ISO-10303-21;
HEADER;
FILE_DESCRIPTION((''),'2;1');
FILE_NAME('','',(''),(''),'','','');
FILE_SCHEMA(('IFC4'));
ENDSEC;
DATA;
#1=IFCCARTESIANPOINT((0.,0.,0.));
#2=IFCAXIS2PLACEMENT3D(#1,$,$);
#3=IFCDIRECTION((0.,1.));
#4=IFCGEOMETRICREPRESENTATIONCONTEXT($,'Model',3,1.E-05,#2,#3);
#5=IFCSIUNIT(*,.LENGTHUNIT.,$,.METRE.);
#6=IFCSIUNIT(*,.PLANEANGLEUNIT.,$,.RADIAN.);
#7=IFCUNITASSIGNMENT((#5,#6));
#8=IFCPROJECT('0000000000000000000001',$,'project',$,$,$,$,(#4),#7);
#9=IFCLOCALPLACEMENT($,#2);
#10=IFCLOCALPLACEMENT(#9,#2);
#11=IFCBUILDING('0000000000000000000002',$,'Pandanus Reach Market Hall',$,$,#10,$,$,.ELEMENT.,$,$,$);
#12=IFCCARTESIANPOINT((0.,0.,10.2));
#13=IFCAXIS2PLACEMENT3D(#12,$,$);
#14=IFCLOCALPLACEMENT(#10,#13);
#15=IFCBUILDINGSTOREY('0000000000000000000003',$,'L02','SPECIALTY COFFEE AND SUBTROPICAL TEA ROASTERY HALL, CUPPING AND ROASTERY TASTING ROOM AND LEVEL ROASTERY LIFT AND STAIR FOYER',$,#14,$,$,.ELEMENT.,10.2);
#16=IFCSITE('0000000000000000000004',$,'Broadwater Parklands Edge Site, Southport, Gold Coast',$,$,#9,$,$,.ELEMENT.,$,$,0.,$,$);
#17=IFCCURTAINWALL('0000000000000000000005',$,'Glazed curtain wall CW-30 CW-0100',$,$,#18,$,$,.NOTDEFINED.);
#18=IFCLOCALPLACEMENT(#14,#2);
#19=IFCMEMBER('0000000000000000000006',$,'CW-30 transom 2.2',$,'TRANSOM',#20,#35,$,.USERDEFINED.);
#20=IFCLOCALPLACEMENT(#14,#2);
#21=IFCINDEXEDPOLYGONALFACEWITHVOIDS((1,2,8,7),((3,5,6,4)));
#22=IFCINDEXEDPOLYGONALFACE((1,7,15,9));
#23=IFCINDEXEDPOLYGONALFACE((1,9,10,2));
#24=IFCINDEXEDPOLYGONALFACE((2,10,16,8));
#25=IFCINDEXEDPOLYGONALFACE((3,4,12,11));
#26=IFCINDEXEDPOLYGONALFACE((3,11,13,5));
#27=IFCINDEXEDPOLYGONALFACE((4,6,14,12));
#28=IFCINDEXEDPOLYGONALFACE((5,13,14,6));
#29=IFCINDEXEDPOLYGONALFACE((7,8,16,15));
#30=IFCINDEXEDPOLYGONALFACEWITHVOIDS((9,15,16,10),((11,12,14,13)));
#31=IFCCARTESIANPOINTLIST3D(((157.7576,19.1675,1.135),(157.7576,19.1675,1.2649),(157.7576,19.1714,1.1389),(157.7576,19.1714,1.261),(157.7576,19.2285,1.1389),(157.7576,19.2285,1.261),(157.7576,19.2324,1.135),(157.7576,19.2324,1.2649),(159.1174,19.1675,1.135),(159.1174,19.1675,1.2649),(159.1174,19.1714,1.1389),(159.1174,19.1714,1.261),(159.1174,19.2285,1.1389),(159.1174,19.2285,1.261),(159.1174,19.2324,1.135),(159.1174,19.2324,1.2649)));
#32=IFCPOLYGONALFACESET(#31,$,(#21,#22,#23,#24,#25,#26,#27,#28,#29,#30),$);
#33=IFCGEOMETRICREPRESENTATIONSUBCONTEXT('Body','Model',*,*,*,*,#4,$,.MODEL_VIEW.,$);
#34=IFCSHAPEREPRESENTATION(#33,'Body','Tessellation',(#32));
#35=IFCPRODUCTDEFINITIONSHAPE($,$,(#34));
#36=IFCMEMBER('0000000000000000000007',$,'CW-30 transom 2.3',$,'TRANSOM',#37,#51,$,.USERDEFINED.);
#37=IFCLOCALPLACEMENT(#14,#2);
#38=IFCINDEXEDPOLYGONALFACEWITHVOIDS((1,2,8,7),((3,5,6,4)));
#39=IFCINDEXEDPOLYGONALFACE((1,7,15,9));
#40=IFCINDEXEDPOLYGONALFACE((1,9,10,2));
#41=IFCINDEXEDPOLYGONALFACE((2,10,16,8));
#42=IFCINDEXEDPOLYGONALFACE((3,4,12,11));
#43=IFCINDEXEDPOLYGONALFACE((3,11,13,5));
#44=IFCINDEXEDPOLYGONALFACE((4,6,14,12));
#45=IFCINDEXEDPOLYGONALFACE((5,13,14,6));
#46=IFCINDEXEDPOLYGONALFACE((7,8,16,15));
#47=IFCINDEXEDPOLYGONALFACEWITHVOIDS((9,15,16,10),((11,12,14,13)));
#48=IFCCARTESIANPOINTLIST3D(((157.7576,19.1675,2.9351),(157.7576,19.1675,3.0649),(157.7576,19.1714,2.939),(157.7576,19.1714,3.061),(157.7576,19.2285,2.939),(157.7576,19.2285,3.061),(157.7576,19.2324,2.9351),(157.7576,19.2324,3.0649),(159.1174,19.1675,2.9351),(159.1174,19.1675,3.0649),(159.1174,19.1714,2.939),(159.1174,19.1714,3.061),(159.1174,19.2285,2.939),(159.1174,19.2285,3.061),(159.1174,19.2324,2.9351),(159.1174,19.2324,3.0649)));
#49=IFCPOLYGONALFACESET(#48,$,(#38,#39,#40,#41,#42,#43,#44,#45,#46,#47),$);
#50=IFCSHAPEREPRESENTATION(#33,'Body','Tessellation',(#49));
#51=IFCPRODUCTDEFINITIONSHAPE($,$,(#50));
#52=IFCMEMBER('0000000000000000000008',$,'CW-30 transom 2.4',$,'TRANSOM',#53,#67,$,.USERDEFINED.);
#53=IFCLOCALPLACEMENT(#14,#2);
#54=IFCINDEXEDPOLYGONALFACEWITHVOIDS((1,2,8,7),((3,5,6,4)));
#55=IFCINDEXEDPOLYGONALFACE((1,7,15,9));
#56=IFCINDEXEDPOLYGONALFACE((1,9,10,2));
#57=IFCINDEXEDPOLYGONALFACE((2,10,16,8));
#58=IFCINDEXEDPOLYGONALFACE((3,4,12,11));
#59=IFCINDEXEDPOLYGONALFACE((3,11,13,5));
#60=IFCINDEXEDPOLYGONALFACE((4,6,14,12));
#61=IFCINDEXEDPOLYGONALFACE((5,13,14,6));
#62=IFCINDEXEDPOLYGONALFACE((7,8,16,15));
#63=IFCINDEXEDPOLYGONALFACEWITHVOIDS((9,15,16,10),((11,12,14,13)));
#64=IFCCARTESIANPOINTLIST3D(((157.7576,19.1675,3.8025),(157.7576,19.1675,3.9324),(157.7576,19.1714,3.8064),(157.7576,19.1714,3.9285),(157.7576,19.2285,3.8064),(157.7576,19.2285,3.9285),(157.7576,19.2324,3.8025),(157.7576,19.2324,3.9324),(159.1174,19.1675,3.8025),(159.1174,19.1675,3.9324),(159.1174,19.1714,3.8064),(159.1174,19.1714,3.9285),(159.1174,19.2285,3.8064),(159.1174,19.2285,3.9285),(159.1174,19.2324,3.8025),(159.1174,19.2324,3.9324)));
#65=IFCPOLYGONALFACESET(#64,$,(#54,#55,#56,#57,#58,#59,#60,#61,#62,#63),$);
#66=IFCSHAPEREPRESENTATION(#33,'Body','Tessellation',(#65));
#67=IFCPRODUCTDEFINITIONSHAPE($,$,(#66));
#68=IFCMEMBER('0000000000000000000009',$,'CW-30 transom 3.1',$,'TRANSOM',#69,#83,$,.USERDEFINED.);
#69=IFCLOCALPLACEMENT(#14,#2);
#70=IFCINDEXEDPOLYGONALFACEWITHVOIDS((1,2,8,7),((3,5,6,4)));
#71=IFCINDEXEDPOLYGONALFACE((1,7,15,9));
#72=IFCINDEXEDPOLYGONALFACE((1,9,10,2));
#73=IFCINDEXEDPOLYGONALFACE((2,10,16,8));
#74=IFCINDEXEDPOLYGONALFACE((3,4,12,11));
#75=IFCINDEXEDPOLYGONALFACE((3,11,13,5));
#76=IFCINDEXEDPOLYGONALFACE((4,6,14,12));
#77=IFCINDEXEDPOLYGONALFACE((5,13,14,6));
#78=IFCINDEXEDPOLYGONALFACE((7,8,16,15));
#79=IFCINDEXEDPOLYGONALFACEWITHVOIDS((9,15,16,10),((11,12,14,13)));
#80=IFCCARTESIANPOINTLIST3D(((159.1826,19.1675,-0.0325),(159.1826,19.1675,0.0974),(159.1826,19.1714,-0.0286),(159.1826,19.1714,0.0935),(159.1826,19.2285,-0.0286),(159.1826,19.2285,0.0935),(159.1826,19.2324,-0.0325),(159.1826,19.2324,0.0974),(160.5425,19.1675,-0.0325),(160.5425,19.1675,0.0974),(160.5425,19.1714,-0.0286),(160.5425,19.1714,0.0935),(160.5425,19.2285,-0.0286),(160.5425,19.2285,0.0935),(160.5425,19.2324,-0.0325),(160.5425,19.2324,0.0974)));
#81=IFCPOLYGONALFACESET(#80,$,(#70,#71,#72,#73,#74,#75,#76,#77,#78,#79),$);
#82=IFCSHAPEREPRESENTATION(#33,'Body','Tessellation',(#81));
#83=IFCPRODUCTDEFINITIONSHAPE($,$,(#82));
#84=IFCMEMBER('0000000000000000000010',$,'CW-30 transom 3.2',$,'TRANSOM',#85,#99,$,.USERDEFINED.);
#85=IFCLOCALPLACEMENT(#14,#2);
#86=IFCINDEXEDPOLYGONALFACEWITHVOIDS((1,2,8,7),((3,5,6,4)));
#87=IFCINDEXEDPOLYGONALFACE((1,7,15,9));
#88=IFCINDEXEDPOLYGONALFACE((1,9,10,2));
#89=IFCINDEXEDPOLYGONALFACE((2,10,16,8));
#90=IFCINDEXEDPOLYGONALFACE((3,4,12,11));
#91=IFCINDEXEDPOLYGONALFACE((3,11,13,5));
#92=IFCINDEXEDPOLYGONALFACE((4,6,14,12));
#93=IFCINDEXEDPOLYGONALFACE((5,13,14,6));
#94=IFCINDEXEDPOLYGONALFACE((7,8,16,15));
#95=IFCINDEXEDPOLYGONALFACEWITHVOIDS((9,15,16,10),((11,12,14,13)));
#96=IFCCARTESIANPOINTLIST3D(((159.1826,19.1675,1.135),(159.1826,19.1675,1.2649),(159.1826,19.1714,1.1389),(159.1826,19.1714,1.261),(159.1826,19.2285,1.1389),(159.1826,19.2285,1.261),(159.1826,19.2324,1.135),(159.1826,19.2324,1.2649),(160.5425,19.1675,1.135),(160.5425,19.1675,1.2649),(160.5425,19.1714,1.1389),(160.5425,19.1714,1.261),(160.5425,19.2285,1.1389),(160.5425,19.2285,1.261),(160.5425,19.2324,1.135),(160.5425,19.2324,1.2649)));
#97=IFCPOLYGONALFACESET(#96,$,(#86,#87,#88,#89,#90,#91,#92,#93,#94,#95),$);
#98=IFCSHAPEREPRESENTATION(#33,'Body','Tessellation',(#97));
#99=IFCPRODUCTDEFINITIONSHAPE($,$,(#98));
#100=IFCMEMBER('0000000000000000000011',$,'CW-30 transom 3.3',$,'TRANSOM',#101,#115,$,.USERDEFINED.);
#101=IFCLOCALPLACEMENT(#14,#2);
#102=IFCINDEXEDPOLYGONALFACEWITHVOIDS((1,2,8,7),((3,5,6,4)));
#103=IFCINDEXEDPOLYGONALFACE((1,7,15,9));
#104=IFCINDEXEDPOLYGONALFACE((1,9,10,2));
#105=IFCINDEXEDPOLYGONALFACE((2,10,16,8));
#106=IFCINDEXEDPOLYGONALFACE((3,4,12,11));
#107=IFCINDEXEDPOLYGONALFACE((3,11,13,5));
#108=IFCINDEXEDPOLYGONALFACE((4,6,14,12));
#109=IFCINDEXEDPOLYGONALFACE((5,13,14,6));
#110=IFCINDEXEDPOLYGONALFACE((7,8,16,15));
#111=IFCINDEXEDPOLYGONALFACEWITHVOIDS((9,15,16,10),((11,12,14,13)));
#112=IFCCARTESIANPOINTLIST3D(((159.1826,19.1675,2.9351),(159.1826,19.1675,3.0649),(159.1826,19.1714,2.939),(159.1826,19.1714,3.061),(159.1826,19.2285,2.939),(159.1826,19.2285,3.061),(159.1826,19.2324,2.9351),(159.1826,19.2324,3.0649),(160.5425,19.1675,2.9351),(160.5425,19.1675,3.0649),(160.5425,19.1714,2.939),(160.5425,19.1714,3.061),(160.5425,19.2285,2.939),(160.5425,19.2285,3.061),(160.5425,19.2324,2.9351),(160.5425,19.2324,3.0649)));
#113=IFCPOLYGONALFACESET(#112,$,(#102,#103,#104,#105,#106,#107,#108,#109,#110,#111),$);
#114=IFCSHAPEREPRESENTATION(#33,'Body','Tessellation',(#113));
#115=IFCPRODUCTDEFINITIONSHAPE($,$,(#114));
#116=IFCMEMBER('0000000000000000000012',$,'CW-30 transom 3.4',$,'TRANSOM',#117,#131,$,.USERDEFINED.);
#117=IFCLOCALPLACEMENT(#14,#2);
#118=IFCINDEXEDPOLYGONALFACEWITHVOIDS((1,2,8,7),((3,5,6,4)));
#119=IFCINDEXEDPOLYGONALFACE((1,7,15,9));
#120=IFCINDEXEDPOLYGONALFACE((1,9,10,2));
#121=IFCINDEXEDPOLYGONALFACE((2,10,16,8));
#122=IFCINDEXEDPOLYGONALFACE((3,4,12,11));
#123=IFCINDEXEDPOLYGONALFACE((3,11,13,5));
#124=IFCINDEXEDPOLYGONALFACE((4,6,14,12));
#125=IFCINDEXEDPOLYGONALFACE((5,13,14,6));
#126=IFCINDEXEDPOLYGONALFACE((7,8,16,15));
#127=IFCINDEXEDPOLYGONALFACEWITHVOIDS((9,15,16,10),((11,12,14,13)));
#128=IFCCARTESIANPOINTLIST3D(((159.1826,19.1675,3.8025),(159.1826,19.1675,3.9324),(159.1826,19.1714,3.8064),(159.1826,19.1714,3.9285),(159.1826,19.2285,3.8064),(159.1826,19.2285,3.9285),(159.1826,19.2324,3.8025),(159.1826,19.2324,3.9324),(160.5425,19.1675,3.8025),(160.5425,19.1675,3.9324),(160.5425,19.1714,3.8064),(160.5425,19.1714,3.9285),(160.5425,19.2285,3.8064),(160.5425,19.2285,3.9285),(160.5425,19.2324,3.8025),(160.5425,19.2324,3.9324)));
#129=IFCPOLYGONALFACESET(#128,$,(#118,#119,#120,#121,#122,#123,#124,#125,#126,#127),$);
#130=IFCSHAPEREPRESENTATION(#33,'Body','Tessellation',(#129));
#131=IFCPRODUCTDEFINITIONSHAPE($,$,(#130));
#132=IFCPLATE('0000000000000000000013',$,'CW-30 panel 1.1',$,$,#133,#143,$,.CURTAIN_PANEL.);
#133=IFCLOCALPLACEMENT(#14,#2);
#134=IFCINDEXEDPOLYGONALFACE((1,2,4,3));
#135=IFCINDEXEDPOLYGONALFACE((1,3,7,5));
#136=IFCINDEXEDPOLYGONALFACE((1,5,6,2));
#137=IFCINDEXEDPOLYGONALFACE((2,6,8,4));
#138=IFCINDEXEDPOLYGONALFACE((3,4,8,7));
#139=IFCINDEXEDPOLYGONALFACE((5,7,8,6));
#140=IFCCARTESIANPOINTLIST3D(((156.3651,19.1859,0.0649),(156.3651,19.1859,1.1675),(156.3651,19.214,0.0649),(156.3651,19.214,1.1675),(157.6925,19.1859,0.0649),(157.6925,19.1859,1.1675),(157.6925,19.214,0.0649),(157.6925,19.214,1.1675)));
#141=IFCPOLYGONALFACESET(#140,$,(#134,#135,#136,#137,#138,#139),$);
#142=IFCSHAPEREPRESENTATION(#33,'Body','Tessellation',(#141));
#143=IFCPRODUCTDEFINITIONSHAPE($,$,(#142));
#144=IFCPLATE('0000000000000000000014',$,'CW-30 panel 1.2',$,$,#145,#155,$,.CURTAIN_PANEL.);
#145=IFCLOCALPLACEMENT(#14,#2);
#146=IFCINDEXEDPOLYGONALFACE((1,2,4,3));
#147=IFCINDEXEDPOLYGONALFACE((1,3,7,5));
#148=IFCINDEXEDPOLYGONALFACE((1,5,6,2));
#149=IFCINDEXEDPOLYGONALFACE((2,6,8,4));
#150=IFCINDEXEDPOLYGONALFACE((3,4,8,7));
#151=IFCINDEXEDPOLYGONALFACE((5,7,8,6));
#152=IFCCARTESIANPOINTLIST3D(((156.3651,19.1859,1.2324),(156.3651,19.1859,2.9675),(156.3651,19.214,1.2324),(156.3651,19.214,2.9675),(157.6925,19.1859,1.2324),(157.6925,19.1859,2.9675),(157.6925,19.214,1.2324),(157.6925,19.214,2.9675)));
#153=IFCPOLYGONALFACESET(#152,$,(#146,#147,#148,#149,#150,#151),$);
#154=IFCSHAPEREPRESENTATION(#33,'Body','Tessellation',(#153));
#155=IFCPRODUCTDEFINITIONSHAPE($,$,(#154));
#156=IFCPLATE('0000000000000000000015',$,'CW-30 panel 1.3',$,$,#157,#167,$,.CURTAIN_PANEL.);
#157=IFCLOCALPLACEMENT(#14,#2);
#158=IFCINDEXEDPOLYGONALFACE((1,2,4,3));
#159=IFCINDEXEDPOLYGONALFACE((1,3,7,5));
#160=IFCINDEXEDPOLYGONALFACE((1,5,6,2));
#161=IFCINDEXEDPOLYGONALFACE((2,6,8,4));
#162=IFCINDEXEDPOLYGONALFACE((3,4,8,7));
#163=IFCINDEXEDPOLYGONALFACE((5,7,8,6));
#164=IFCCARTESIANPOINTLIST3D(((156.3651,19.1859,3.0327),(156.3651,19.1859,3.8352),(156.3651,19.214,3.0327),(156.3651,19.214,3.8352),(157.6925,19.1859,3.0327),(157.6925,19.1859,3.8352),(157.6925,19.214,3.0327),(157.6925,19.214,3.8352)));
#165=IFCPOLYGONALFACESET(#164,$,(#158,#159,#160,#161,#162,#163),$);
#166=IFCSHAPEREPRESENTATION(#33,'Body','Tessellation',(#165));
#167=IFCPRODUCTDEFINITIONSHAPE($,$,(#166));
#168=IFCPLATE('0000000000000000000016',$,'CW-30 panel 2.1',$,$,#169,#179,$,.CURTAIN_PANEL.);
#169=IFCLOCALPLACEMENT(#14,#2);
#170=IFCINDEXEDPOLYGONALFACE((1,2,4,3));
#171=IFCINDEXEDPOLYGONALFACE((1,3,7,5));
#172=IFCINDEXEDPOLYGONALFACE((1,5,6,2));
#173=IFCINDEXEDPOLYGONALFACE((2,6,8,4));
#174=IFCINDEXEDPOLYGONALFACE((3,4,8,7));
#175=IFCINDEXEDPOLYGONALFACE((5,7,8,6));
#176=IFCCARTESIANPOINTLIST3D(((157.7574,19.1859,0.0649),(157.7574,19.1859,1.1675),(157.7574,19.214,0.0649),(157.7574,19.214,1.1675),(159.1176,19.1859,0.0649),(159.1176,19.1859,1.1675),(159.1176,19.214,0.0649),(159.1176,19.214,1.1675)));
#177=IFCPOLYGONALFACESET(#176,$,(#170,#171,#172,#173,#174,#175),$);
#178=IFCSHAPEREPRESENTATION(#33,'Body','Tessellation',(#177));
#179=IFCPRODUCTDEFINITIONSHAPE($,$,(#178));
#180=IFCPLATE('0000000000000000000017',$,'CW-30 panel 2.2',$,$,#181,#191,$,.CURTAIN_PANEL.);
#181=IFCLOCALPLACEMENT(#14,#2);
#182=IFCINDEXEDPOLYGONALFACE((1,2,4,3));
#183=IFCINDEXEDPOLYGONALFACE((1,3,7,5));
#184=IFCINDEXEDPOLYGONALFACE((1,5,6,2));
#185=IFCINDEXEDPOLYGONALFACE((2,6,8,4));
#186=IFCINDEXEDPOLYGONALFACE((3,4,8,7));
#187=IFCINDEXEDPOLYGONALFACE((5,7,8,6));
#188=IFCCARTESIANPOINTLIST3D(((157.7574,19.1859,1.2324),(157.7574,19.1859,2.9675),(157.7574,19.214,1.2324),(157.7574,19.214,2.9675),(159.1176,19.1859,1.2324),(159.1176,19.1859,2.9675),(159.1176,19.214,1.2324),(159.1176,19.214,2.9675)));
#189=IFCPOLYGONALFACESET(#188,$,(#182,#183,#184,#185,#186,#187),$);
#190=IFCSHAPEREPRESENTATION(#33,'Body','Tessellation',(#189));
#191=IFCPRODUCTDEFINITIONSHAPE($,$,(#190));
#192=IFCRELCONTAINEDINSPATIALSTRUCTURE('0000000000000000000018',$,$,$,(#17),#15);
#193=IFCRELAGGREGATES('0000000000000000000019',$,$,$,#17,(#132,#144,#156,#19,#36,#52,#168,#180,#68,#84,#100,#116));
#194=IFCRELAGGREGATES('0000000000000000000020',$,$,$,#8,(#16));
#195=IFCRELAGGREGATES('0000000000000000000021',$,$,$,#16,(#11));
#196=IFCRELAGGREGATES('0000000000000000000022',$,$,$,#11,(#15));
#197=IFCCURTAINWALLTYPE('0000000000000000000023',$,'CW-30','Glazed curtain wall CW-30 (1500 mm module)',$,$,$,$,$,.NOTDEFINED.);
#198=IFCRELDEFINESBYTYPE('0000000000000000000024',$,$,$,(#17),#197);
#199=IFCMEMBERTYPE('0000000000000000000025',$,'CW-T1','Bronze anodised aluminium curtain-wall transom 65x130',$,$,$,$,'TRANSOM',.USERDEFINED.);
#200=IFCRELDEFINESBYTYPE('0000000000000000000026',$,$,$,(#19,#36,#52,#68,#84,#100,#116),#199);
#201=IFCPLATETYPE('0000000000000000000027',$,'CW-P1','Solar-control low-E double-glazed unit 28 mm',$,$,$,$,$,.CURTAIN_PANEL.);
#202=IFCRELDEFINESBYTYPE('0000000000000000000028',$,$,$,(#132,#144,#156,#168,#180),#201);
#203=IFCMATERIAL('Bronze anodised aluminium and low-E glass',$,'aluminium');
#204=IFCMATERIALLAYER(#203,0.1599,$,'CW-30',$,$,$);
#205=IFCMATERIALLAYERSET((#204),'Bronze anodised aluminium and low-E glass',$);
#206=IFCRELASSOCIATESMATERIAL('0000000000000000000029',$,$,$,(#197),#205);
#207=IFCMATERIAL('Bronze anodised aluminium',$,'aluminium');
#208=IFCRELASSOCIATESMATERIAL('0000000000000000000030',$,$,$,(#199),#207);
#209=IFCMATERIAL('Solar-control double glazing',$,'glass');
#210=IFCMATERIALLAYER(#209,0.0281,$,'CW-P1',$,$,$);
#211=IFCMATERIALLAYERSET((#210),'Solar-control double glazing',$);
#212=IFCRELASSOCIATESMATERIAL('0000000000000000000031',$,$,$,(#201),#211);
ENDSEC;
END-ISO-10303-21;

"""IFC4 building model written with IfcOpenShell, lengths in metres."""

from ifc_helpers import new_model, si_unit, direction, frame, origin, origin_2d, place, context, subcontext, project, spatial, rectangle, hollow_rectangle, extrude, material, layer, layer_set, material_profile, profile_set, type_object, element, aggregate, save


model = new_model("IFC4")

# Units and contexts
model_context = context("Model", 3, precision=1e-05, world=origin(), true_north=direction((0.0, 1.0)))
body_context = subcontext(model_context, "Body", "Model", "MODEL_VIEW")
ifc_project = project(units=[si_unit("LENGTHUNIT", "METRE"), si_unit("PLANEANGLEUNIT", "RADIAN")], contexts=[model_context])

# Site, building, storey
site_placement = place(None, origin())
site = spatial("IfcSite", under=ifc_project, at=site_placement, Name="Broadwater Parklands Edge Site, Southport, Gold Coast", CompositionType="ELEMENT", RefElevation=0.0)
building_placement = place(site_placement, origin())
building = spatial("IfcBuilding", under=site, at=building_placement, Name="Pandanus Reach Market Hall", CompositionType="ELEMENT")
storey_placement = place(building_placement, frame((0.0, 0.0, 10.2)))
storey = spatial("IfcBuildingStorey", under=building, at=storey_placement, Name="L02", Description="SPECIALTY COFFEE AND SUBTROPICAL TEA ROASTERY HALL, CUPPING AND ROASTERY TASTING ROOM AND LEVEL ROASTERY LIFT AND STAIR FOYER", CompositionType="ELEMENT", Elevation=10.2)

# Curtain wall, members, plates
ifc_material_1 = material(Name="Bronze anodised aluminium and low-E glass", Category="aluminium")
ifc_layer_1 = layer(ifc_material_1, 0.1599, Name="CW-30")
ifc_layer_set_1 = layer_set([ifc_layer_1], Name="Bronze anodised aluminium and low-E glass")
curtain_wall_type = type_object("IfcCurtainWallType", Name="CW-30", Description="Glazed curtain wall CW-30 (1500 mm module)", PredefinedType="NOTDEFINED", material=ifc_layer_set_1)
curtain_wall_placement = place(storey_placement, origin())
curtain_wall = element("IfcCurtainWall", 1, at=curtain_wall_placement, inside=storey, type_object=curtain_wall_type, Name="Glazed curtain wall CW-30 CW-0100", PredefinedType="NOTDEFINED")
ifc_material_2 = material(Name="Bronze anodised aluminium", Category="aluminium")
ifc_material_profile_1 = material_profile(ifc_material_2, hollow_rectangle(XDim=0.0649, YDim=0.1299, WallThickness=0.0039, at=origin_2d()), Name="ALU65x130", Category="LoadBearing")
ifc_profile_set_1 = profile_set([ifc_material_profile_1], Name="Bronze anodised aluminium")
member_type_1 = type_object("IfcMemberType", Name="CW-T1", Description="Bronze anodised aluminium curtain-wall transom 65x130", ElementType="TRANSOM", PredefinedType="USERDEFINED", material=ifc_profile_set_1)
member_1_placement = place(storey_placement, frame((157.7576, 19.2, 1.2), z_axis=(1.0, 0.0, 0.0), x_axis=(0.0, 1.0, 0.0)))
member_1 = element("IfcMember", 2, at=member_1_placement, type_object=member_type_1, Name="CW-30 transom 2.2", ObjectType="TRANSOM", PredefinedType="USERDEFINED", context=body_context, shape_type="SweptSolid", body=[
    extrude(hollow_rectangle(XDim=0.0649, YDim=0.1299, WallThickness=0.0039, at=origin_2d()), origin(), (0.0, 0.0, 1.0), 1.3599),
])
member_2_placement = place(storey_placement, frame((157.7576, 19.2, 3.0), z_axis=(1.0, 0.0, 0.0), x_axis=(0.0, 1.0, 0.0)))
member_2 = element("IfcMember", 3, at=member_2_placement, type_object=member_type_1, Name="CW-30 transom 2.3", ObjectType="TRANSOM", PredefinedType="USERDEFINED", context=body_context, shape_type="SweptSolid", body=[
    extrude(hollow_rectangle(XDim=0.0649, YDim=0.1299, WallThickness=0.0039, at=origin_2d()), origin(), (0.0, 0.0, 1.0), 1.3599),
])
member_3_placement = place(storey_placement, frame((157.7576, 19.2, 3.8674), z_axis=(1.0, 0.0, 0.0), x_axis=(0.0, 1.0, 0.0)))
member_3 = element("IfcMember", 4, at=member_3_placement, type_object=member_type_1, Name="CW-30 transom 2.4", ObjectType="TRANSOM", PredefinedType="USERDEFINED", context=body_context, shape_type="SweptSolid", body=[
    extrude(hollow_rectangle(XDim=0.0649, YDim=0.1299, WallThickness=0.0039, at=origin_2d()), origin(), (0.0, 0.0, 1.0), 1.3599),
])
member_4_placement = place(storey_placement, frame((159.1826, 19.2, 0.0325), z_axis=(1.0, 0.0, 0.0), x_axis=(0.0, 1.0, 0.0)))
member_4 = element("IfcMember", 5, at=member_4_placement, type_object=member_type_1, Name="CW-30 transom 3.1", ObjectType="TRANSOM", PredefinedType="USERDEFINED", context=body_context, shape_type="SweptSolid", body=[
    extrude(hollow_rectangle(XDim=0.0649, YDim=0.1299, WallThickness=0.0039, at=origin_2d()), origin(), (0.0, 0.0, 1.0), 1.3599),
])
member_5_placement = place(storey_placement, frame((159.1826, 19.2, 1.2), z_axis=(1.0, 0.0, 0.0), x_axis=(0.0, 1.0, 0.0)))
member_5 = element("IfcMember", 6, at=member_5_placement, type_object=member_type_1, Name="CW-30 transom 3.2", ObjectType="TRANSOM", PredefinedType="USERDEFINED", context=body_context, shape_type="SweptSolid", body=[
    extrude(hollow_rectangle(XDim=0.0649, YDim=0.1299, WallThickness=0.0039, at=origin_2d()), origin(), (0.0, 0.0, 1.0), 1.3599),
])
member_6_placement = place(storey_placement, frame((159.1826, 19.2, 3.0), z_axis=(1.0, 0.0, 0.0), x_axis=(0.0, 1.0, 0.0)))
member_6 = element("IfcMember", 7, at=member_6_placement, type_object=member_type_1, Name="CW-30 transom 3.3", ObjectType="TRANSOM", PredefinedType="USERDEFINED", context=body_context, shape_type="SweptSolid", body=[
    extrude(hollow_rectangle(XDim=0.0649, YDim=0.1299, WallThickness=0.0039, at=origin_2d()), origin(), (0.0, 0.0, 1.0), 1.3599),
])
member_7_placement = place(storey_placement, frame((159.1826, 19.2, 3.8674), z_axis=(1.0, 0.0, 0.0), x_axis=(0.0, 1.0, 0.0)))
member_7 = element("IfcMember", 8, at=member_7_placement, type_object=member_type_1, Name="CW-30 transom 3.4", ObjectType="TRANSOM", PredefinedType="USERDEFINED", context=body_context, shape_type="SweptSolid", body=[
    extrude(hollow_rectangle(XDim=0.0649, YDim=0.1299, WallThickness=0.0039, at=origin_2d()), origin(), (0.0, 0.0, 1.0), 1.3599),
])
ifc_material_3 = material(Name="Solar-control double glazing", Category="glass")
ifc_layer_2 = layer(ifc_material_3, 0.0281, Name="CW-P1")
ifc_layer_set_2 = layer_set([ifc_layer_2], Name="Solar-control double glazing")
plate_type = type_object("IfcPlateType", Name="CW-P1", Description="Solar-control low-E double-glazed unit 28 mm", PredefinedType="CURTAIN_PANEL", material=ifc_layer_set_2)
plate_1_placement = place(storey_placement, frame((157.0288, 19.2, 0.0649), z_axis=(0.0, 0.0, 1.0), x_axis=(1.0, 0.0, 0.0)))
plate_1 = element("IfcPlate", 9, at=plate_1_placement, type_object=plate_type, Name="CW-30 panel 1.1", PredefinedType="CURTAIN_PANEL", context=body_context, shape_type="SweptSolid", body=[
    extrude(rectangle(XDim=1.3274, YDim=0.0281, at=origin_2d()), origin(), (0.0, 0.0, 1.0), 1.1025),
])
plate_2_placement = place(storey_placement, frame((157.0288, 19.2, 1.2324), z_axis=(0.0, 0.0, 1.0), x_axis=(1.0, 0.0, 0.0)))
plate_2 = element("IfcPlate", 10, at=plate_2_placement, type_object=plate_type, Name="CW-30 panel 1.2", PredefinedType="CURTAIN_PANEL", context=body_context, shape_type="SweptSolid", body=[
    extrude(rectangle(XDim=1.3274, YDim=0.0281, at=origin_2d()), origin(), (0.0, 0.0, 1.0), 1.7351),
])
plate_3_placement = place(storey_placement, frame((157.0288, 19.2, 3.0327), z_axis=(0.0, 0.0, 1.0), x_axis=(1.0, 0.0, 0.0)))
plate_3 = element("IfcPlate", 11, at=plate_3_placement, type_object=plate_type, Name="CW-30 panel 1.3", PredefinedType="CURTAIN_PANEL", context=body_context, shape_type="SweptSolid", body=[
    extrude(rectangle(XDim=1.3274, YDim=0.0281, at=origin_2d()), origin(), (0.0, 0.0, 1.0), 0.8025),
])
plate_4_placement = place(storey_placement, frame((158.4375, 19.2, 0.0649), z_axis=(0.0, 0.0, 1.0), x_axis=(1.0, 0.0, 0.0)))
plate_4 = element("IfcPlate", 12, at=plate_4_placement, type_object=plate_type, Name="CW-30 panel 2.1", PredefinedType="CURTAIN_PANEL", context=body_context, shape_type="SweptSolid", body=[
    extrude(rectangle(XDim=1.3601, YDim=0.0281, at=origin_2d()), origin(), (0.0, 0.0, 1.0), 1.1025),
])
plate_5_placement = place(storey_placement, frame((158.4375, 19.2, 1.2324), z_axis=(0.0, 0.0, 1.0), x_axis=(1.0, 0.0, 0.0)))
plate_5 = element("IfcPlate", 13, at=plate_5_placement, type_object=plate_type, Name="CW-30 panel 2.2", PredefinedType="CURTAIN_PANEL", context=body_context, shape_type="SweptSolid", body=[
    extrude(rectangle(XDim=1.3601, YDim=0.0281, at=origin_2d()), origin(), (0.0, 0.0, 1.0), 1.7351),
])
aggregate(curtain_wall, [plate_1, plate_2, plate_3, member_1, member_2, member_3, plate_4, plate_5, member_4, member_5, member_6, member_7])

save(model, "model.ifc")
